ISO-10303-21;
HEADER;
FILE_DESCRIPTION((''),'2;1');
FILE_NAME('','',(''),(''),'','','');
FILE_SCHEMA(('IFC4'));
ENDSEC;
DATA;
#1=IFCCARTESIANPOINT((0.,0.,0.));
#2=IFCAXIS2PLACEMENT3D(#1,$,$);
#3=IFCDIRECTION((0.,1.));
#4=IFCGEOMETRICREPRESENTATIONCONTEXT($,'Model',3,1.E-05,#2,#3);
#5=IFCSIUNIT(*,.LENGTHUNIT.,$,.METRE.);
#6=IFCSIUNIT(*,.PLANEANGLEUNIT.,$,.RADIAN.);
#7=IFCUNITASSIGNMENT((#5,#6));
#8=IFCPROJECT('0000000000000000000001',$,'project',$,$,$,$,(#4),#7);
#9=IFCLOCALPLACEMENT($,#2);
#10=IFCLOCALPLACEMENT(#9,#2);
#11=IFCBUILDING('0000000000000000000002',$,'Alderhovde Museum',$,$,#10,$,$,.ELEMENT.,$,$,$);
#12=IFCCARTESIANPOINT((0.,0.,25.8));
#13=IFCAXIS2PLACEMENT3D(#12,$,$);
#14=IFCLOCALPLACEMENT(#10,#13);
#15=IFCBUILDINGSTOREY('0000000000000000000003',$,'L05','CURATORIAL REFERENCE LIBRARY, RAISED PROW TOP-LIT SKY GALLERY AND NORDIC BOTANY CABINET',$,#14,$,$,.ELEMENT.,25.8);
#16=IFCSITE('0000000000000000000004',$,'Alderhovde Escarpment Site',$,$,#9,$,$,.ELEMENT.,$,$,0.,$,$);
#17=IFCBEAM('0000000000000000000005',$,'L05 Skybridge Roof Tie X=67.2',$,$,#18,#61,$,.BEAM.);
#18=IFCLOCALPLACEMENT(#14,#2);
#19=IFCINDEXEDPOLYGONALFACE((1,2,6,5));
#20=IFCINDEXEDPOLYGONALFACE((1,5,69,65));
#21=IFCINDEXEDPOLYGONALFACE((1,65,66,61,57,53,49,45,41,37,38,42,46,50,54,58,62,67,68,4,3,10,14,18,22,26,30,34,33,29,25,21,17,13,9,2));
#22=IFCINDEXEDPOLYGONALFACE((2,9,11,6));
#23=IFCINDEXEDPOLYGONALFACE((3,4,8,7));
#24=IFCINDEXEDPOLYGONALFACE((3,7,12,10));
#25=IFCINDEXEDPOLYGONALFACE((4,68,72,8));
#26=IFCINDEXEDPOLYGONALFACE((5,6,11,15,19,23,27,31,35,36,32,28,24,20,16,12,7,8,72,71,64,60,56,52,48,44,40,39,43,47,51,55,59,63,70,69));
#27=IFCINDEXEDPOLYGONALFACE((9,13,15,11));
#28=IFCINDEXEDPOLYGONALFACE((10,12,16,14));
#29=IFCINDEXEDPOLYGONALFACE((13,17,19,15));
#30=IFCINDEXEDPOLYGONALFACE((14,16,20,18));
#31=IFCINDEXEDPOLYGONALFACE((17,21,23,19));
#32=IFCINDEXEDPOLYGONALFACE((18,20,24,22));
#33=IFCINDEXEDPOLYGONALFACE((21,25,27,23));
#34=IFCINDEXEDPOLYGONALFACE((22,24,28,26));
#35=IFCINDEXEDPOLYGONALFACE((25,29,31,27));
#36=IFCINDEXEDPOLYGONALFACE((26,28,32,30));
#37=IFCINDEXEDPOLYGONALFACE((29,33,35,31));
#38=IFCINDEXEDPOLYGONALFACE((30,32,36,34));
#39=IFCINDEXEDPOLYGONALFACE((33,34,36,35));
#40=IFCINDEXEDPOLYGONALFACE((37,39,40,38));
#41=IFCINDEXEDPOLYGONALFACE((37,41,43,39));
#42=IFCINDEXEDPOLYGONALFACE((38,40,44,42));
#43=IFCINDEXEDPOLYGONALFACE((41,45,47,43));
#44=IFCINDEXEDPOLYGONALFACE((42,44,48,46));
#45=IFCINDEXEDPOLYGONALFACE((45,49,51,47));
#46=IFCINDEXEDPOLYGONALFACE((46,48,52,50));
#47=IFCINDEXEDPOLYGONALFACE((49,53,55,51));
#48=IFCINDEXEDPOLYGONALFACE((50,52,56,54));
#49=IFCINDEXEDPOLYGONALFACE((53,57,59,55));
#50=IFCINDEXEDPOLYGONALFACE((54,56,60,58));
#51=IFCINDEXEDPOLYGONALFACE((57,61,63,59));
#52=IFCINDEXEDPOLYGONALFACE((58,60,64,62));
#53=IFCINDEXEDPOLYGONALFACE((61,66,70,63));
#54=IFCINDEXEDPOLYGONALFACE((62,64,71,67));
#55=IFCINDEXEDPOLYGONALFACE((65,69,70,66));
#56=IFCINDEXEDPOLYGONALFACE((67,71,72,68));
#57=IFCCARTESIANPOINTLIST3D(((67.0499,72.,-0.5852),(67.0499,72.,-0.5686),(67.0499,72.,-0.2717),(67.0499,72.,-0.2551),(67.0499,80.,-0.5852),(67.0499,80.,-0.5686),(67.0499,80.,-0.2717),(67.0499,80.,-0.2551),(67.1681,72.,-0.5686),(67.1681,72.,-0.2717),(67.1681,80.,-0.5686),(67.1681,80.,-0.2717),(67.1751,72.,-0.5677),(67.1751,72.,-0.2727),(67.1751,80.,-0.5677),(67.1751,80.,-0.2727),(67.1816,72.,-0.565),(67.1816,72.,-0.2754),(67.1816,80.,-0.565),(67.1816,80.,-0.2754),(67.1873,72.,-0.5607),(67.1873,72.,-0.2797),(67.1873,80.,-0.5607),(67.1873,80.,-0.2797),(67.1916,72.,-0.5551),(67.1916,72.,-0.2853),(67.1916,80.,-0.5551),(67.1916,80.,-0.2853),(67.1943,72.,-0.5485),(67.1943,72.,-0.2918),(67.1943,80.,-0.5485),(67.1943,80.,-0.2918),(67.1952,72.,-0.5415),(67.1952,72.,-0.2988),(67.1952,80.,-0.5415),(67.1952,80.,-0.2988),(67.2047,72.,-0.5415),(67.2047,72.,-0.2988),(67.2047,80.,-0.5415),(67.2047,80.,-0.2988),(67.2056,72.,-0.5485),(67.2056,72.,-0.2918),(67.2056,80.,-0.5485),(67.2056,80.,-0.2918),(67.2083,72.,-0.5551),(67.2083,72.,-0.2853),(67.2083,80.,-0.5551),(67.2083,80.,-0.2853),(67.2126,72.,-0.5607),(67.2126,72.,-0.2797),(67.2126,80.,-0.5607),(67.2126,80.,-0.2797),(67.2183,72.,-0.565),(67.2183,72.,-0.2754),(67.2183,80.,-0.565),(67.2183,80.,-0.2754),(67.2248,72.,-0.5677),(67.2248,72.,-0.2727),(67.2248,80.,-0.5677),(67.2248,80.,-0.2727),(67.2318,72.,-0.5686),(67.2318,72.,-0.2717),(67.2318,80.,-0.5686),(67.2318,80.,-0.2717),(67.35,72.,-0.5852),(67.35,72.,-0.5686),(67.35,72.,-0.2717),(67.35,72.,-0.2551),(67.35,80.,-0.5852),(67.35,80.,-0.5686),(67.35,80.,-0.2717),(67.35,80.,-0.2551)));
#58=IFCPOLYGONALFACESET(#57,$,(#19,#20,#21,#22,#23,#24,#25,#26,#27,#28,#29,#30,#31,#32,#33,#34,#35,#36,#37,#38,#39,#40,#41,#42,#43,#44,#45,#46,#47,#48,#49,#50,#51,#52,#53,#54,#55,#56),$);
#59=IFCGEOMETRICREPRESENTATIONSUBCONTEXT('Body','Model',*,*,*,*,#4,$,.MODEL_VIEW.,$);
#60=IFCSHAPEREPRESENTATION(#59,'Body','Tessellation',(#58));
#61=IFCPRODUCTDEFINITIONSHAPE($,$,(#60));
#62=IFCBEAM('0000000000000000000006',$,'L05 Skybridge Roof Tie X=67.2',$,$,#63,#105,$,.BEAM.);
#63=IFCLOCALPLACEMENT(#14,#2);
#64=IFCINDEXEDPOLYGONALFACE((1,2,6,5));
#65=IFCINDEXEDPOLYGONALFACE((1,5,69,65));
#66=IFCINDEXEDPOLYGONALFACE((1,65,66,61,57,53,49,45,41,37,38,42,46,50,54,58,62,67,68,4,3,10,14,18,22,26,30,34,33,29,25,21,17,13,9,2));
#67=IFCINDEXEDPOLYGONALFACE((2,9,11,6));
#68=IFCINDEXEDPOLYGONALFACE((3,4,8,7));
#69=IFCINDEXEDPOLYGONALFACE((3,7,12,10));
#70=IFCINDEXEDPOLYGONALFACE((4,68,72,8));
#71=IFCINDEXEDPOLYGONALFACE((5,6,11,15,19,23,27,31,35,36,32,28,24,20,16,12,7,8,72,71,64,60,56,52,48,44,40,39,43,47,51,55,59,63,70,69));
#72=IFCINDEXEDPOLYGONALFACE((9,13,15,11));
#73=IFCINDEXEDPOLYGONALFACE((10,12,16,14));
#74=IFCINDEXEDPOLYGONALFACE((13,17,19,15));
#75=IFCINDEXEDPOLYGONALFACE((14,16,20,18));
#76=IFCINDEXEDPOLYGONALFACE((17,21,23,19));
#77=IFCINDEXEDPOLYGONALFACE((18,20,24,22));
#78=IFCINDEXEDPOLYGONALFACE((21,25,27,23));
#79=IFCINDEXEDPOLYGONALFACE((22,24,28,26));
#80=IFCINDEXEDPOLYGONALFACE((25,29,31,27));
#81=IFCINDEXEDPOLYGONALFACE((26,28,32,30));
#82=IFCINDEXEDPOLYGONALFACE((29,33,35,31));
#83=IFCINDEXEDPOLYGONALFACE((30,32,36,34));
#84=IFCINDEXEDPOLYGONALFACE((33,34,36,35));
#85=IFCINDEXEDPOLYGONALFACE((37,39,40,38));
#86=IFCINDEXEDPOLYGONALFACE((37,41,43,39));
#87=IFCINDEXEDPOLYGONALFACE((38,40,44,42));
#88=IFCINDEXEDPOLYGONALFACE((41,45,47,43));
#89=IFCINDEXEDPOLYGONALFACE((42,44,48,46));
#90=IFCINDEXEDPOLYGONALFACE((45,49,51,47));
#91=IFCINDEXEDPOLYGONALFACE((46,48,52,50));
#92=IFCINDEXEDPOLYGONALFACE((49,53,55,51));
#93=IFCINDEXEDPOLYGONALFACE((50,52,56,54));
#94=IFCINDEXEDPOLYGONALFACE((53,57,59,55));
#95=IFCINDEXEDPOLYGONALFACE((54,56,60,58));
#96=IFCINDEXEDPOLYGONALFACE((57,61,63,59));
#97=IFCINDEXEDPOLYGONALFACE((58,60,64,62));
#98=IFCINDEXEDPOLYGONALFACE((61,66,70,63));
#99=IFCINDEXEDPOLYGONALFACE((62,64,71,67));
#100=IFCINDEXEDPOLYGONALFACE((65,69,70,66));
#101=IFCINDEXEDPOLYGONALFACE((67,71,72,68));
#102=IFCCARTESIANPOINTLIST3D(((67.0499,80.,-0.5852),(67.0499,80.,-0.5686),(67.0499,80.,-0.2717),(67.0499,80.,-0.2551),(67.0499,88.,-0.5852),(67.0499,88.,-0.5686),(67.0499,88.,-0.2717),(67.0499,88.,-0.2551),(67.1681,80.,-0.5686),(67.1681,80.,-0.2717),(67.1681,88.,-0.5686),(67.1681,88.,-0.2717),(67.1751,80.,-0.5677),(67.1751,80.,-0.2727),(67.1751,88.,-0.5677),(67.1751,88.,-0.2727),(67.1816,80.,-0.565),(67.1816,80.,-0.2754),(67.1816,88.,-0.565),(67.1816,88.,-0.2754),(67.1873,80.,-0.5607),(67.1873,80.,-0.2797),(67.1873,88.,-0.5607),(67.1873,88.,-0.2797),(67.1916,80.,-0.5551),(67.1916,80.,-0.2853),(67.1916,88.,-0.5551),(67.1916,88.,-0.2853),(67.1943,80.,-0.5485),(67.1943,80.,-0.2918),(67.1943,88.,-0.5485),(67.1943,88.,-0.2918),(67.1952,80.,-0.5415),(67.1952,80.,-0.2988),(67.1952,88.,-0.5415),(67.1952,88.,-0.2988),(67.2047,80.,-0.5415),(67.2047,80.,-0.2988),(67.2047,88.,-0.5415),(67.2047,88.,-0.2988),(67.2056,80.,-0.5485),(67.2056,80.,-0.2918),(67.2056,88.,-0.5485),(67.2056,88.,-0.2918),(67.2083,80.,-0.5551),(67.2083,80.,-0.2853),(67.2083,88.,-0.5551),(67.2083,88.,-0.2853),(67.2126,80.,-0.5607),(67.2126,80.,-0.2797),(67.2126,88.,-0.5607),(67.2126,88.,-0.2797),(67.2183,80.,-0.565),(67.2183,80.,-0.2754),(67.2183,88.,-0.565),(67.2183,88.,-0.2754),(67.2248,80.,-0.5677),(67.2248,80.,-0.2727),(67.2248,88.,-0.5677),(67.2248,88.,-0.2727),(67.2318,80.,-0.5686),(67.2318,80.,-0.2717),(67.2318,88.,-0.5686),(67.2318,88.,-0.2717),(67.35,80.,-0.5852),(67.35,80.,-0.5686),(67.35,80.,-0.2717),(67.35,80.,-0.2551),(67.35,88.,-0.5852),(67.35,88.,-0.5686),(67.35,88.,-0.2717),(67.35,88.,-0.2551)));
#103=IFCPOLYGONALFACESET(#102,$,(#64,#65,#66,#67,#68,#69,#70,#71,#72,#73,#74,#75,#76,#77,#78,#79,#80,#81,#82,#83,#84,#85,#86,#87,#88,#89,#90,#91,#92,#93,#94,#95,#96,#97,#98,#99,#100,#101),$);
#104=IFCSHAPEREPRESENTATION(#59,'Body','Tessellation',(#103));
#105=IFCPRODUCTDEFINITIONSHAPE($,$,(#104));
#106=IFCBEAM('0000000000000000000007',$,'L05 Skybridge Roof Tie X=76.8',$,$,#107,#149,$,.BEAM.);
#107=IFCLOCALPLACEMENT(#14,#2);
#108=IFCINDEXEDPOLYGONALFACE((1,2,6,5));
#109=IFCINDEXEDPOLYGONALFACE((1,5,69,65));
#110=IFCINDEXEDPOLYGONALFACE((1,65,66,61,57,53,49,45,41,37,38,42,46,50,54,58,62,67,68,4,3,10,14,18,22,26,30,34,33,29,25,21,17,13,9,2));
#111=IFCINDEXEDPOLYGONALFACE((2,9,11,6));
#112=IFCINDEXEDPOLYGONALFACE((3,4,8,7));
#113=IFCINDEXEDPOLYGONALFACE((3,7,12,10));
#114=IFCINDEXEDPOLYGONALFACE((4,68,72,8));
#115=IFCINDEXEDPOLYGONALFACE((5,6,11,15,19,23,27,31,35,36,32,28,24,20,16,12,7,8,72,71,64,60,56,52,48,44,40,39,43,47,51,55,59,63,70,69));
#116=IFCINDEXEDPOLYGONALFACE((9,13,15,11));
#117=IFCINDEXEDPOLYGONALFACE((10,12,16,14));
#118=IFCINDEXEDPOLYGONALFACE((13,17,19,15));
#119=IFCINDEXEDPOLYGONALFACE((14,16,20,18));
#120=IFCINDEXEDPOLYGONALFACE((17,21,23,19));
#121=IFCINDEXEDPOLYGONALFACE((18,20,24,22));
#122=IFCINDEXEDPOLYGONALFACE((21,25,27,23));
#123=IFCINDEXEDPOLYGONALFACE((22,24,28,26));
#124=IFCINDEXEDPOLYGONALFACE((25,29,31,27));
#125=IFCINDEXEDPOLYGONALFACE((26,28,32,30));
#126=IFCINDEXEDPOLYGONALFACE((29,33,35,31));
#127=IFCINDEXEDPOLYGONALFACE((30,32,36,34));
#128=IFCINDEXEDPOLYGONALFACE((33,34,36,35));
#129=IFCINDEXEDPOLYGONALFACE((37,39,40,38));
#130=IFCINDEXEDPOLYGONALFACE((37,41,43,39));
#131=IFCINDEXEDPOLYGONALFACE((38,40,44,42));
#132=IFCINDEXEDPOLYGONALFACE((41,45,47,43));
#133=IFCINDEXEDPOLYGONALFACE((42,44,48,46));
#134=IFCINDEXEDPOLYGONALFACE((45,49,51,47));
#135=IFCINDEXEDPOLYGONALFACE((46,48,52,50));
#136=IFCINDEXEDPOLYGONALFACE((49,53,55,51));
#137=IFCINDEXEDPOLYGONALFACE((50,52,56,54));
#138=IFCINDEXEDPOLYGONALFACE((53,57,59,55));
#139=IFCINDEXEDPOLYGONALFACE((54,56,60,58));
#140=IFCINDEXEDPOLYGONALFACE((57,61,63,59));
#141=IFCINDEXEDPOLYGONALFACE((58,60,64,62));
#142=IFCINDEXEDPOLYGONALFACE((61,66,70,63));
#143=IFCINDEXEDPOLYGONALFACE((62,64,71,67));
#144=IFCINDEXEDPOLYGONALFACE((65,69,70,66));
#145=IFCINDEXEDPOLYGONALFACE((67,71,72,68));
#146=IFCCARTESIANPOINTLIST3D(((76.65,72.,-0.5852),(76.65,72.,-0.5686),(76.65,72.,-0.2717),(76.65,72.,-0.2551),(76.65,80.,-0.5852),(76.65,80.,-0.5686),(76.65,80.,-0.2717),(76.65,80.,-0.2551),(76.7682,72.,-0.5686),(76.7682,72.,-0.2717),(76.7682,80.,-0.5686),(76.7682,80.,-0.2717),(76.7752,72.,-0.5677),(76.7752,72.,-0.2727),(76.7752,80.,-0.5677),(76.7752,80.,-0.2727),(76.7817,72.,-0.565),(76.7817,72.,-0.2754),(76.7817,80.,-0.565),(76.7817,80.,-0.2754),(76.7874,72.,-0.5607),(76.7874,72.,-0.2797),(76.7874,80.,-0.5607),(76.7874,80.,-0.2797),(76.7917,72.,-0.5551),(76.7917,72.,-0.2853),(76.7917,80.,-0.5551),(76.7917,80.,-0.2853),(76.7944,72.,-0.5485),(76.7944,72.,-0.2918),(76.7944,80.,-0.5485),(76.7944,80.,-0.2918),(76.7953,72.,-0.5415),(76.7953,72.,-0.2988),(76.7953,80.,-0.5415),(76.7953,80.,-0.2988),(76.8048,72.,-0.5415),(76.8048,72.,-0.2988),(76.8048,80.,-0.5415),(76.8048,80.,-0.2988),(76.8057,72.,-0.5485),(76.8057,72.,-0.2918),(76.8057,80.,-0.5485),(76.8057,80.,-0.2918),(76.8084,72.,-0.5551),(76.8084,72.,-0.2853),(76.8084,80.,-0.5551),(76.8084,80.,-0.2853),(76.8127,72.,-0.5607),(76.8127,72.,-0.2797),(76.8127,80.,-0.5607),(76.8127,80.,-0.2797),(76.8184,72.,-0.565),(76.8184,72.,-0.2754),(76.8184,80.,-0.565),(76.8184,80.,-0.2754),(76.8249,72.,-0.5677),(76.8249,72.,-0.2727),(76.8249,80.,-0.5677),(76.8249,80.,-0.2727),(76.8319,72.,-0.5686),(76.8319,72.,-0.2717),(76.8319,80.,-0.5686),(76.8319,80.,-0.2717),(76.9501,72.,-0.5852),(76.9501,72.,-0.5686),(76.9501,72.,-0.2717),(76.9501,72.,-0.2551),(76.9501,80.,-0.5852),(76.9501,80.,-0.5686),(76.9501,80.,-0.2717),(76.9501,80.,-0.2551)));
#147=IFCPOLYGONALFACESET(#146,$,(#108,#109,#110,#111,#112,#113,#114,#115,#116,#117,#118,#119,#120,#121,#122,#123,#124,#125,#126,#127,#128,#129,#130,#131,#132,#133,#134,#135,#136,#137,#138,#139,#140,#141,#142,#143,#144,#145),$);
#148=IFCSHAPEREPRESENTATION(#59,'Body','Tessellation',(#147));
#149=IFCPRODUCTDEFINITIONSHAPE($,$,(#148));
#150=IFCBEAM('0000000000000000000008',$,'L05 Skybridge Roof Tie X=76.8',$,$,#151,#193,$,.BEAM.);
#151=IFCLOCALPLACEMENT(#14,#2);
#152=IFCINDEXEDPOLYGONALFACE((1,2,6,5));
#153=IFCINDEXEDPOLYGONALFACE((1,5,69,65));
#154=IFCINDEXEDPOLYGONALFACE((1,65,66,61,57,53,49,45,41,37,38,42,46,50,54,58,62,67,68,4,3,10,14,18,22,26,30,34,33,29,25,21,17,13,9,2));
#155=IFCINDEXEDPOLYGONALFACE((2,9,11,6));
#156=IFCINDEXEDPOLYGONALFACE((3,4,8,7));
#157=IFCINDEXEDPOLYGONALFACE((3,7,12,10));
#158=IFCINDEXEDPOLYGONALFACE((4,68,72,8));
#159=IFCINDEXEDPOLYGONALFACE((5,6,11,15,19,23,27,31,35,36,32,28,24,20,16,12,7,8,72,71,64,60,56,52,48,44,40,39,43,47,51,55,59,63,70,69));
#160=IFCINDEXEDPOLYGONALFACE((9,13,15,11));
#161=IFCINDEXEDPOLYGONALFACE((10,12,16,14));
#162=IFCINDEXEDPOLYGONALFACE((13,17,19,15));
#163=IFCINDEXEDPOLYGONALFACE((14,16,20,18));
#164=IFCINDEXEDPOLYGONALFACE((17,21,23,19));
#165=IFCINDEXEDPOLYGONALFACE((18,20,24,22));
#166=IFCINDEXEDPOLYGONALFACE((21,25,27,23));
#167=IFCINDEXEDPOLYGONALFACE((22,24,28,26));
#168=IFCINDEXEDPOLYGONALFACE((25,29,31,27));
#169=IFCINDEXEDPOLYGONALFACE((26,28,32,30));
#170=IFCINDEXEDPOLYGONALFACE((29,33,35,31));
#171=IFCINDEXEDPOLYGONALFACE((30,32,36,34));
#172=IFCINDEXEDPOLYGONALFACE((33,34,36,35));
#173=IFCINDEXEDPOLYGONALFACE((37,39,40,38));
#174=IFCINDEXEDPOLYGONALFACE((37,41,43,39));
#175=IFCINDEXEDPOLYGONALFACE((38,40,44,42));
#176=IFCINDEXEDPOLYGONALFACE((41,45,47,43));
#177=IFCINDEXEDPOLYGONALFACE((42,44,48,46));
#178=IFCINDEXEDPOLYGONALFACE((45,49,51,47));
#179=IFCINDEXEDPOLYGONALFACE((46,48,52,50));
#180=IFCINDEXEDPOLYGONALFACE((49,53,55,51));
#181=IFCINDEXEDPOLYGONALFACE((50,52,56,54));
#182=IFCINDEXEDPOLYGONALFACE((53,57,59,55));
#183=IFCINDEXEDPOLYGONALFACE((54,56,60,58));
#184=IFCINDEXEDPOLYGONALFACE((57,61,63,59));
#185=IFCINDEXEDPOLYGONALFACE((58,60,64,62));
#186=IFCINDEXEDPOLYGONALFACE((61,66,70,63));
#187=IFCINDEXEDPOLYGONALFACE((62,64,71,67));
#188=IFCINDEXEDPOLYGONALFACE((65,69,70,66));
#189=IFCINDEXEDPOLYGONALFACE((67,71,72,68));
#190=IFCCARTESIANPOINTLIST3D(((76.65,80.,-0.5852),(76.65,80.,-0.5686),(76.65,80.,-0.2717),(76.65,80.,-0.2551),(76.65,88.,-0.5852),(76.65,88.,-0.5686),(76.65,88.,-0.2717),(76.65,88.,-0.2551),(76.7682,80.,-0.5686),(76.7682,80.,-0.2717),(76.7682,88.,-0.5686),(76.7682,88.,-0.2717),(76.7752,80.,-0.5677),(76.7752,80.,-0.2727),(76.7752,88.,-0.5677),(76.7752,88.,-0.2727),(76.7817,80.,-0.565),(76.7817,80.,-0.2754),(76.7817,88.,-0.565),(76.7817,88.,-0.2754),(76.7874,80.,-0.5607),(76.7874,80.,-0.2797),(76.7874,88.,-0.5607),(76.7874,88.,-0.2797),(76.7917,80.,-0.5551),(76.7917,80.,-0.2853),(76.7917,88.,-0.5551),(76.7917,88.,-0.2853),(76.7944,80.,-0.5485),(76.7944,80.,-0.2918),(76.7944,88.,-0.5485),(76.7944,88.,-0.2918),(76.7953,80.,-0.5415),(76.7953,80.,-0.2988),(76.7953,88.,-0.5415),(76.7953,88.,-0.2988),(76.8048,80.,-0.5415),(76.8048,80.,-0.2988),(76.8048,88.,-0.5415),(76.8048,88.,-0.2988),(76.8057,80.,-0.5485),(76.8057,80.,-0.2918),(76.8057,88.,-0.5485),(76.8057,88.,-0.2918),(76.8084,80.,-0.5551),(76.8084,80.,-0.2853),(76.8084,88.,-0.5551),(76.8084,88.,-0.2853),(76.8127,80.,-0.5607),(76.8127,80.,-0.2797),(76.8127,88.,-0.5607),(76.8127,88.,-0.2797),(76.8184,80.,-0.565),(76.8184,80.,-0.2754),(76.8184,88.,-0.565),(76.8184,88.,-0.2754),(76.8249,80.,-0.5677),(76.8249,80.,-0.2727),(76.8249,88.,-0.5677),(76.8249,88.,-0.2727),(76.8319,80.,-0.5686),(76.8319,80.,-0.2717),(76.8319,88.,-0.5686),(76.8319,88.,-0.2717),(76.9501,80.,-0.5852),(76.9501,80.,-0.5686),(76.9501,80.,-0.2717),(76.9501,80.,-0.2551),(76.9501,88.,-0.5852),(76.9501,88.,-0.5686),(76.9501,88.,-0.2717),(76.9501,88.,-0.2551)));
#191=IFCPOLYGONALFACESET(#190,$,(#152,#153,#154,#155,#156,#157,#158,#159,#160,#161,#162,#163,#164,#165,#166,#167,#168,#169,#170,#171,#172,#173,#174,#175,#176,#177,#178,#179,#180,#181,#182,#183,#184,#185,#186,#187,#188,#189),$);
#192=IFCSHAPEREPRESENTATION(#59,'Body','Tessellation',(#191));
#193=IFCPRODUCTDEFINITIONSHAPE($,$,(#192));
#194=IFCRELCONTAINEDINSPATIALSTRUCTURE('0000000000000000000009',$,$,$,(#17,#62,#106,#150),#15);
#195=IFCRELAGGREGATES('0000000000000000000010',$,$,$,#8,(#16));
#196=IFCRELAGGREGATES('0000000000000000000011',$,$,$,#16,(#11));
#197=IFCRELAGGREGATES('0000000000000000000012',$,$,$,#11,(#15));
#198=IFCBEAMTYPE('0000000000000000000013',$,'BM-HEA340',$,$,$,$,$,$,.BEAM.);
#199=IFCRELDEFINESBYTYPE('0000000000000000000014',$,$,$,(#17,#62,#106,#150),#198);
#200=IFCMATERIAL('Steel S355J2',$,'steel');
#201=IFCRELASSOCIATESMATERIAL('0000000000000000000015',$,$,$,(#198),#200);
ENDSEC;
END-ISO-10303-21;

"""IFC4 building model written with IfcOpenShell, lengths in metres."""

from ifc_helpers import new_model, si_unit, direction, frame, origin, origin_2d, place, context, subcontext, project, spatial, i_section, extrude, material, material_profile, profile_set, type_object, element, save


model = new_model("IFC4")

# Units and contexts
model_context = context("Model", 3, precision=1e-05, world=origin(), true_north=direction((0.0, 1.0)))
body_context = subcontext(model_context, "Body", "Model", "MODEL_VIEW")
ifc_project = project(units=[si_unit("LENGTHUNIT", "METRE"), si_unit("PLANEANGLEUNIT", "RADIAN")], contexts=[model_context])

# Site, building, storey
site_placement = place(None, origin())
site = spatial("IfcSite", under=ifc_project, at=site_placement, Name="Alderhovde Escarpment Site", CompositionType="ELEMENT", RefElevation=0.0)
building_placement = place(site_placement, origin())
building = spatial("IfcBuilding", under=site, at=building_placement, Name="Alderhovde Museum", CompositionType="ELEMENT")
storey_placement = place(building_placement, frame((0.0, 0.0, 25.8)))
storey = spatial("IfcBuildingStorey", under=building, at=storey_placement, Name="L05", Description="CURATORIAL REFERENCE LIBRARY, RAISED PROW TOP-LIT SKY GALLERY AND NORDIC BOTANY CABINET", CompositionType="ELEMENT", Elevation=25.8)

# Beams
ifc_material_1 = material(Name="Steel S355J2", Category="steel")
ifc_material_profile = material_profile(ifc_material_1, i_section(OverallWidth=0.3, OverallDepth=0.3301, WebThickness=0.0095, FlangeThickness=0.0166, FilletRadius=0.0271, at=origin_2d()), Name="HEA 340")
ifc_profile_set = profile_set([ifc_material_profile], Name="Steel S355J2")
beam_type = type_object("IfcBeamType", Name="BM-HEA340", PredefinedType="BEAM", material=ifc_profile_set)
for number, where, z_axis, x_axis, name in (
    (1, (67.2, 72.0, -0.4202), (0.0, 1.0, 0.0), (-1.0, 0.0, 0.0), "L05 Skybridge Roof Tie X=67.2"),
    (2, (67.2, 80.0, -0.4202), (0.0, 1.0, 0.0), (-1.0, 0.0, 0.0), "L05 Skybridge Roof Tie X=67.2"),
    (3, (76.8, 72.0, -0.4202), (0.0, 1.0, 0.0), (-1.0, 0.0, 0.0), "L05 Skybridge Roof Tie X=76.8"),
    (4, (76.8, 80.0, -0.4202), (0.0, 1.0, 0.0), (-1.0, 0.0, 0.0), "L05 Skybridge Roof Tie X=76.8"),
):
    element("IfcBeam", number, at=place(storey_placement, frame(where, z_axis=z_axis, x_axis=x_axis)), inside=storey, type_object=beam_type, Name=name, PredefinedType="BEAM", context=body_context, shape_type="SweptSolid", body=[
        extrude(i_section(OverallWidth=0.3, OverallDepth=0.3301, WebThickness=0.0095, FlangeThickness=0.0166, FilletRadius=0.0271, at=origin_2d()), origin(), (0.0, 0.0, 1.0), 8.0),
    ])

save(model, "model.ifc")
